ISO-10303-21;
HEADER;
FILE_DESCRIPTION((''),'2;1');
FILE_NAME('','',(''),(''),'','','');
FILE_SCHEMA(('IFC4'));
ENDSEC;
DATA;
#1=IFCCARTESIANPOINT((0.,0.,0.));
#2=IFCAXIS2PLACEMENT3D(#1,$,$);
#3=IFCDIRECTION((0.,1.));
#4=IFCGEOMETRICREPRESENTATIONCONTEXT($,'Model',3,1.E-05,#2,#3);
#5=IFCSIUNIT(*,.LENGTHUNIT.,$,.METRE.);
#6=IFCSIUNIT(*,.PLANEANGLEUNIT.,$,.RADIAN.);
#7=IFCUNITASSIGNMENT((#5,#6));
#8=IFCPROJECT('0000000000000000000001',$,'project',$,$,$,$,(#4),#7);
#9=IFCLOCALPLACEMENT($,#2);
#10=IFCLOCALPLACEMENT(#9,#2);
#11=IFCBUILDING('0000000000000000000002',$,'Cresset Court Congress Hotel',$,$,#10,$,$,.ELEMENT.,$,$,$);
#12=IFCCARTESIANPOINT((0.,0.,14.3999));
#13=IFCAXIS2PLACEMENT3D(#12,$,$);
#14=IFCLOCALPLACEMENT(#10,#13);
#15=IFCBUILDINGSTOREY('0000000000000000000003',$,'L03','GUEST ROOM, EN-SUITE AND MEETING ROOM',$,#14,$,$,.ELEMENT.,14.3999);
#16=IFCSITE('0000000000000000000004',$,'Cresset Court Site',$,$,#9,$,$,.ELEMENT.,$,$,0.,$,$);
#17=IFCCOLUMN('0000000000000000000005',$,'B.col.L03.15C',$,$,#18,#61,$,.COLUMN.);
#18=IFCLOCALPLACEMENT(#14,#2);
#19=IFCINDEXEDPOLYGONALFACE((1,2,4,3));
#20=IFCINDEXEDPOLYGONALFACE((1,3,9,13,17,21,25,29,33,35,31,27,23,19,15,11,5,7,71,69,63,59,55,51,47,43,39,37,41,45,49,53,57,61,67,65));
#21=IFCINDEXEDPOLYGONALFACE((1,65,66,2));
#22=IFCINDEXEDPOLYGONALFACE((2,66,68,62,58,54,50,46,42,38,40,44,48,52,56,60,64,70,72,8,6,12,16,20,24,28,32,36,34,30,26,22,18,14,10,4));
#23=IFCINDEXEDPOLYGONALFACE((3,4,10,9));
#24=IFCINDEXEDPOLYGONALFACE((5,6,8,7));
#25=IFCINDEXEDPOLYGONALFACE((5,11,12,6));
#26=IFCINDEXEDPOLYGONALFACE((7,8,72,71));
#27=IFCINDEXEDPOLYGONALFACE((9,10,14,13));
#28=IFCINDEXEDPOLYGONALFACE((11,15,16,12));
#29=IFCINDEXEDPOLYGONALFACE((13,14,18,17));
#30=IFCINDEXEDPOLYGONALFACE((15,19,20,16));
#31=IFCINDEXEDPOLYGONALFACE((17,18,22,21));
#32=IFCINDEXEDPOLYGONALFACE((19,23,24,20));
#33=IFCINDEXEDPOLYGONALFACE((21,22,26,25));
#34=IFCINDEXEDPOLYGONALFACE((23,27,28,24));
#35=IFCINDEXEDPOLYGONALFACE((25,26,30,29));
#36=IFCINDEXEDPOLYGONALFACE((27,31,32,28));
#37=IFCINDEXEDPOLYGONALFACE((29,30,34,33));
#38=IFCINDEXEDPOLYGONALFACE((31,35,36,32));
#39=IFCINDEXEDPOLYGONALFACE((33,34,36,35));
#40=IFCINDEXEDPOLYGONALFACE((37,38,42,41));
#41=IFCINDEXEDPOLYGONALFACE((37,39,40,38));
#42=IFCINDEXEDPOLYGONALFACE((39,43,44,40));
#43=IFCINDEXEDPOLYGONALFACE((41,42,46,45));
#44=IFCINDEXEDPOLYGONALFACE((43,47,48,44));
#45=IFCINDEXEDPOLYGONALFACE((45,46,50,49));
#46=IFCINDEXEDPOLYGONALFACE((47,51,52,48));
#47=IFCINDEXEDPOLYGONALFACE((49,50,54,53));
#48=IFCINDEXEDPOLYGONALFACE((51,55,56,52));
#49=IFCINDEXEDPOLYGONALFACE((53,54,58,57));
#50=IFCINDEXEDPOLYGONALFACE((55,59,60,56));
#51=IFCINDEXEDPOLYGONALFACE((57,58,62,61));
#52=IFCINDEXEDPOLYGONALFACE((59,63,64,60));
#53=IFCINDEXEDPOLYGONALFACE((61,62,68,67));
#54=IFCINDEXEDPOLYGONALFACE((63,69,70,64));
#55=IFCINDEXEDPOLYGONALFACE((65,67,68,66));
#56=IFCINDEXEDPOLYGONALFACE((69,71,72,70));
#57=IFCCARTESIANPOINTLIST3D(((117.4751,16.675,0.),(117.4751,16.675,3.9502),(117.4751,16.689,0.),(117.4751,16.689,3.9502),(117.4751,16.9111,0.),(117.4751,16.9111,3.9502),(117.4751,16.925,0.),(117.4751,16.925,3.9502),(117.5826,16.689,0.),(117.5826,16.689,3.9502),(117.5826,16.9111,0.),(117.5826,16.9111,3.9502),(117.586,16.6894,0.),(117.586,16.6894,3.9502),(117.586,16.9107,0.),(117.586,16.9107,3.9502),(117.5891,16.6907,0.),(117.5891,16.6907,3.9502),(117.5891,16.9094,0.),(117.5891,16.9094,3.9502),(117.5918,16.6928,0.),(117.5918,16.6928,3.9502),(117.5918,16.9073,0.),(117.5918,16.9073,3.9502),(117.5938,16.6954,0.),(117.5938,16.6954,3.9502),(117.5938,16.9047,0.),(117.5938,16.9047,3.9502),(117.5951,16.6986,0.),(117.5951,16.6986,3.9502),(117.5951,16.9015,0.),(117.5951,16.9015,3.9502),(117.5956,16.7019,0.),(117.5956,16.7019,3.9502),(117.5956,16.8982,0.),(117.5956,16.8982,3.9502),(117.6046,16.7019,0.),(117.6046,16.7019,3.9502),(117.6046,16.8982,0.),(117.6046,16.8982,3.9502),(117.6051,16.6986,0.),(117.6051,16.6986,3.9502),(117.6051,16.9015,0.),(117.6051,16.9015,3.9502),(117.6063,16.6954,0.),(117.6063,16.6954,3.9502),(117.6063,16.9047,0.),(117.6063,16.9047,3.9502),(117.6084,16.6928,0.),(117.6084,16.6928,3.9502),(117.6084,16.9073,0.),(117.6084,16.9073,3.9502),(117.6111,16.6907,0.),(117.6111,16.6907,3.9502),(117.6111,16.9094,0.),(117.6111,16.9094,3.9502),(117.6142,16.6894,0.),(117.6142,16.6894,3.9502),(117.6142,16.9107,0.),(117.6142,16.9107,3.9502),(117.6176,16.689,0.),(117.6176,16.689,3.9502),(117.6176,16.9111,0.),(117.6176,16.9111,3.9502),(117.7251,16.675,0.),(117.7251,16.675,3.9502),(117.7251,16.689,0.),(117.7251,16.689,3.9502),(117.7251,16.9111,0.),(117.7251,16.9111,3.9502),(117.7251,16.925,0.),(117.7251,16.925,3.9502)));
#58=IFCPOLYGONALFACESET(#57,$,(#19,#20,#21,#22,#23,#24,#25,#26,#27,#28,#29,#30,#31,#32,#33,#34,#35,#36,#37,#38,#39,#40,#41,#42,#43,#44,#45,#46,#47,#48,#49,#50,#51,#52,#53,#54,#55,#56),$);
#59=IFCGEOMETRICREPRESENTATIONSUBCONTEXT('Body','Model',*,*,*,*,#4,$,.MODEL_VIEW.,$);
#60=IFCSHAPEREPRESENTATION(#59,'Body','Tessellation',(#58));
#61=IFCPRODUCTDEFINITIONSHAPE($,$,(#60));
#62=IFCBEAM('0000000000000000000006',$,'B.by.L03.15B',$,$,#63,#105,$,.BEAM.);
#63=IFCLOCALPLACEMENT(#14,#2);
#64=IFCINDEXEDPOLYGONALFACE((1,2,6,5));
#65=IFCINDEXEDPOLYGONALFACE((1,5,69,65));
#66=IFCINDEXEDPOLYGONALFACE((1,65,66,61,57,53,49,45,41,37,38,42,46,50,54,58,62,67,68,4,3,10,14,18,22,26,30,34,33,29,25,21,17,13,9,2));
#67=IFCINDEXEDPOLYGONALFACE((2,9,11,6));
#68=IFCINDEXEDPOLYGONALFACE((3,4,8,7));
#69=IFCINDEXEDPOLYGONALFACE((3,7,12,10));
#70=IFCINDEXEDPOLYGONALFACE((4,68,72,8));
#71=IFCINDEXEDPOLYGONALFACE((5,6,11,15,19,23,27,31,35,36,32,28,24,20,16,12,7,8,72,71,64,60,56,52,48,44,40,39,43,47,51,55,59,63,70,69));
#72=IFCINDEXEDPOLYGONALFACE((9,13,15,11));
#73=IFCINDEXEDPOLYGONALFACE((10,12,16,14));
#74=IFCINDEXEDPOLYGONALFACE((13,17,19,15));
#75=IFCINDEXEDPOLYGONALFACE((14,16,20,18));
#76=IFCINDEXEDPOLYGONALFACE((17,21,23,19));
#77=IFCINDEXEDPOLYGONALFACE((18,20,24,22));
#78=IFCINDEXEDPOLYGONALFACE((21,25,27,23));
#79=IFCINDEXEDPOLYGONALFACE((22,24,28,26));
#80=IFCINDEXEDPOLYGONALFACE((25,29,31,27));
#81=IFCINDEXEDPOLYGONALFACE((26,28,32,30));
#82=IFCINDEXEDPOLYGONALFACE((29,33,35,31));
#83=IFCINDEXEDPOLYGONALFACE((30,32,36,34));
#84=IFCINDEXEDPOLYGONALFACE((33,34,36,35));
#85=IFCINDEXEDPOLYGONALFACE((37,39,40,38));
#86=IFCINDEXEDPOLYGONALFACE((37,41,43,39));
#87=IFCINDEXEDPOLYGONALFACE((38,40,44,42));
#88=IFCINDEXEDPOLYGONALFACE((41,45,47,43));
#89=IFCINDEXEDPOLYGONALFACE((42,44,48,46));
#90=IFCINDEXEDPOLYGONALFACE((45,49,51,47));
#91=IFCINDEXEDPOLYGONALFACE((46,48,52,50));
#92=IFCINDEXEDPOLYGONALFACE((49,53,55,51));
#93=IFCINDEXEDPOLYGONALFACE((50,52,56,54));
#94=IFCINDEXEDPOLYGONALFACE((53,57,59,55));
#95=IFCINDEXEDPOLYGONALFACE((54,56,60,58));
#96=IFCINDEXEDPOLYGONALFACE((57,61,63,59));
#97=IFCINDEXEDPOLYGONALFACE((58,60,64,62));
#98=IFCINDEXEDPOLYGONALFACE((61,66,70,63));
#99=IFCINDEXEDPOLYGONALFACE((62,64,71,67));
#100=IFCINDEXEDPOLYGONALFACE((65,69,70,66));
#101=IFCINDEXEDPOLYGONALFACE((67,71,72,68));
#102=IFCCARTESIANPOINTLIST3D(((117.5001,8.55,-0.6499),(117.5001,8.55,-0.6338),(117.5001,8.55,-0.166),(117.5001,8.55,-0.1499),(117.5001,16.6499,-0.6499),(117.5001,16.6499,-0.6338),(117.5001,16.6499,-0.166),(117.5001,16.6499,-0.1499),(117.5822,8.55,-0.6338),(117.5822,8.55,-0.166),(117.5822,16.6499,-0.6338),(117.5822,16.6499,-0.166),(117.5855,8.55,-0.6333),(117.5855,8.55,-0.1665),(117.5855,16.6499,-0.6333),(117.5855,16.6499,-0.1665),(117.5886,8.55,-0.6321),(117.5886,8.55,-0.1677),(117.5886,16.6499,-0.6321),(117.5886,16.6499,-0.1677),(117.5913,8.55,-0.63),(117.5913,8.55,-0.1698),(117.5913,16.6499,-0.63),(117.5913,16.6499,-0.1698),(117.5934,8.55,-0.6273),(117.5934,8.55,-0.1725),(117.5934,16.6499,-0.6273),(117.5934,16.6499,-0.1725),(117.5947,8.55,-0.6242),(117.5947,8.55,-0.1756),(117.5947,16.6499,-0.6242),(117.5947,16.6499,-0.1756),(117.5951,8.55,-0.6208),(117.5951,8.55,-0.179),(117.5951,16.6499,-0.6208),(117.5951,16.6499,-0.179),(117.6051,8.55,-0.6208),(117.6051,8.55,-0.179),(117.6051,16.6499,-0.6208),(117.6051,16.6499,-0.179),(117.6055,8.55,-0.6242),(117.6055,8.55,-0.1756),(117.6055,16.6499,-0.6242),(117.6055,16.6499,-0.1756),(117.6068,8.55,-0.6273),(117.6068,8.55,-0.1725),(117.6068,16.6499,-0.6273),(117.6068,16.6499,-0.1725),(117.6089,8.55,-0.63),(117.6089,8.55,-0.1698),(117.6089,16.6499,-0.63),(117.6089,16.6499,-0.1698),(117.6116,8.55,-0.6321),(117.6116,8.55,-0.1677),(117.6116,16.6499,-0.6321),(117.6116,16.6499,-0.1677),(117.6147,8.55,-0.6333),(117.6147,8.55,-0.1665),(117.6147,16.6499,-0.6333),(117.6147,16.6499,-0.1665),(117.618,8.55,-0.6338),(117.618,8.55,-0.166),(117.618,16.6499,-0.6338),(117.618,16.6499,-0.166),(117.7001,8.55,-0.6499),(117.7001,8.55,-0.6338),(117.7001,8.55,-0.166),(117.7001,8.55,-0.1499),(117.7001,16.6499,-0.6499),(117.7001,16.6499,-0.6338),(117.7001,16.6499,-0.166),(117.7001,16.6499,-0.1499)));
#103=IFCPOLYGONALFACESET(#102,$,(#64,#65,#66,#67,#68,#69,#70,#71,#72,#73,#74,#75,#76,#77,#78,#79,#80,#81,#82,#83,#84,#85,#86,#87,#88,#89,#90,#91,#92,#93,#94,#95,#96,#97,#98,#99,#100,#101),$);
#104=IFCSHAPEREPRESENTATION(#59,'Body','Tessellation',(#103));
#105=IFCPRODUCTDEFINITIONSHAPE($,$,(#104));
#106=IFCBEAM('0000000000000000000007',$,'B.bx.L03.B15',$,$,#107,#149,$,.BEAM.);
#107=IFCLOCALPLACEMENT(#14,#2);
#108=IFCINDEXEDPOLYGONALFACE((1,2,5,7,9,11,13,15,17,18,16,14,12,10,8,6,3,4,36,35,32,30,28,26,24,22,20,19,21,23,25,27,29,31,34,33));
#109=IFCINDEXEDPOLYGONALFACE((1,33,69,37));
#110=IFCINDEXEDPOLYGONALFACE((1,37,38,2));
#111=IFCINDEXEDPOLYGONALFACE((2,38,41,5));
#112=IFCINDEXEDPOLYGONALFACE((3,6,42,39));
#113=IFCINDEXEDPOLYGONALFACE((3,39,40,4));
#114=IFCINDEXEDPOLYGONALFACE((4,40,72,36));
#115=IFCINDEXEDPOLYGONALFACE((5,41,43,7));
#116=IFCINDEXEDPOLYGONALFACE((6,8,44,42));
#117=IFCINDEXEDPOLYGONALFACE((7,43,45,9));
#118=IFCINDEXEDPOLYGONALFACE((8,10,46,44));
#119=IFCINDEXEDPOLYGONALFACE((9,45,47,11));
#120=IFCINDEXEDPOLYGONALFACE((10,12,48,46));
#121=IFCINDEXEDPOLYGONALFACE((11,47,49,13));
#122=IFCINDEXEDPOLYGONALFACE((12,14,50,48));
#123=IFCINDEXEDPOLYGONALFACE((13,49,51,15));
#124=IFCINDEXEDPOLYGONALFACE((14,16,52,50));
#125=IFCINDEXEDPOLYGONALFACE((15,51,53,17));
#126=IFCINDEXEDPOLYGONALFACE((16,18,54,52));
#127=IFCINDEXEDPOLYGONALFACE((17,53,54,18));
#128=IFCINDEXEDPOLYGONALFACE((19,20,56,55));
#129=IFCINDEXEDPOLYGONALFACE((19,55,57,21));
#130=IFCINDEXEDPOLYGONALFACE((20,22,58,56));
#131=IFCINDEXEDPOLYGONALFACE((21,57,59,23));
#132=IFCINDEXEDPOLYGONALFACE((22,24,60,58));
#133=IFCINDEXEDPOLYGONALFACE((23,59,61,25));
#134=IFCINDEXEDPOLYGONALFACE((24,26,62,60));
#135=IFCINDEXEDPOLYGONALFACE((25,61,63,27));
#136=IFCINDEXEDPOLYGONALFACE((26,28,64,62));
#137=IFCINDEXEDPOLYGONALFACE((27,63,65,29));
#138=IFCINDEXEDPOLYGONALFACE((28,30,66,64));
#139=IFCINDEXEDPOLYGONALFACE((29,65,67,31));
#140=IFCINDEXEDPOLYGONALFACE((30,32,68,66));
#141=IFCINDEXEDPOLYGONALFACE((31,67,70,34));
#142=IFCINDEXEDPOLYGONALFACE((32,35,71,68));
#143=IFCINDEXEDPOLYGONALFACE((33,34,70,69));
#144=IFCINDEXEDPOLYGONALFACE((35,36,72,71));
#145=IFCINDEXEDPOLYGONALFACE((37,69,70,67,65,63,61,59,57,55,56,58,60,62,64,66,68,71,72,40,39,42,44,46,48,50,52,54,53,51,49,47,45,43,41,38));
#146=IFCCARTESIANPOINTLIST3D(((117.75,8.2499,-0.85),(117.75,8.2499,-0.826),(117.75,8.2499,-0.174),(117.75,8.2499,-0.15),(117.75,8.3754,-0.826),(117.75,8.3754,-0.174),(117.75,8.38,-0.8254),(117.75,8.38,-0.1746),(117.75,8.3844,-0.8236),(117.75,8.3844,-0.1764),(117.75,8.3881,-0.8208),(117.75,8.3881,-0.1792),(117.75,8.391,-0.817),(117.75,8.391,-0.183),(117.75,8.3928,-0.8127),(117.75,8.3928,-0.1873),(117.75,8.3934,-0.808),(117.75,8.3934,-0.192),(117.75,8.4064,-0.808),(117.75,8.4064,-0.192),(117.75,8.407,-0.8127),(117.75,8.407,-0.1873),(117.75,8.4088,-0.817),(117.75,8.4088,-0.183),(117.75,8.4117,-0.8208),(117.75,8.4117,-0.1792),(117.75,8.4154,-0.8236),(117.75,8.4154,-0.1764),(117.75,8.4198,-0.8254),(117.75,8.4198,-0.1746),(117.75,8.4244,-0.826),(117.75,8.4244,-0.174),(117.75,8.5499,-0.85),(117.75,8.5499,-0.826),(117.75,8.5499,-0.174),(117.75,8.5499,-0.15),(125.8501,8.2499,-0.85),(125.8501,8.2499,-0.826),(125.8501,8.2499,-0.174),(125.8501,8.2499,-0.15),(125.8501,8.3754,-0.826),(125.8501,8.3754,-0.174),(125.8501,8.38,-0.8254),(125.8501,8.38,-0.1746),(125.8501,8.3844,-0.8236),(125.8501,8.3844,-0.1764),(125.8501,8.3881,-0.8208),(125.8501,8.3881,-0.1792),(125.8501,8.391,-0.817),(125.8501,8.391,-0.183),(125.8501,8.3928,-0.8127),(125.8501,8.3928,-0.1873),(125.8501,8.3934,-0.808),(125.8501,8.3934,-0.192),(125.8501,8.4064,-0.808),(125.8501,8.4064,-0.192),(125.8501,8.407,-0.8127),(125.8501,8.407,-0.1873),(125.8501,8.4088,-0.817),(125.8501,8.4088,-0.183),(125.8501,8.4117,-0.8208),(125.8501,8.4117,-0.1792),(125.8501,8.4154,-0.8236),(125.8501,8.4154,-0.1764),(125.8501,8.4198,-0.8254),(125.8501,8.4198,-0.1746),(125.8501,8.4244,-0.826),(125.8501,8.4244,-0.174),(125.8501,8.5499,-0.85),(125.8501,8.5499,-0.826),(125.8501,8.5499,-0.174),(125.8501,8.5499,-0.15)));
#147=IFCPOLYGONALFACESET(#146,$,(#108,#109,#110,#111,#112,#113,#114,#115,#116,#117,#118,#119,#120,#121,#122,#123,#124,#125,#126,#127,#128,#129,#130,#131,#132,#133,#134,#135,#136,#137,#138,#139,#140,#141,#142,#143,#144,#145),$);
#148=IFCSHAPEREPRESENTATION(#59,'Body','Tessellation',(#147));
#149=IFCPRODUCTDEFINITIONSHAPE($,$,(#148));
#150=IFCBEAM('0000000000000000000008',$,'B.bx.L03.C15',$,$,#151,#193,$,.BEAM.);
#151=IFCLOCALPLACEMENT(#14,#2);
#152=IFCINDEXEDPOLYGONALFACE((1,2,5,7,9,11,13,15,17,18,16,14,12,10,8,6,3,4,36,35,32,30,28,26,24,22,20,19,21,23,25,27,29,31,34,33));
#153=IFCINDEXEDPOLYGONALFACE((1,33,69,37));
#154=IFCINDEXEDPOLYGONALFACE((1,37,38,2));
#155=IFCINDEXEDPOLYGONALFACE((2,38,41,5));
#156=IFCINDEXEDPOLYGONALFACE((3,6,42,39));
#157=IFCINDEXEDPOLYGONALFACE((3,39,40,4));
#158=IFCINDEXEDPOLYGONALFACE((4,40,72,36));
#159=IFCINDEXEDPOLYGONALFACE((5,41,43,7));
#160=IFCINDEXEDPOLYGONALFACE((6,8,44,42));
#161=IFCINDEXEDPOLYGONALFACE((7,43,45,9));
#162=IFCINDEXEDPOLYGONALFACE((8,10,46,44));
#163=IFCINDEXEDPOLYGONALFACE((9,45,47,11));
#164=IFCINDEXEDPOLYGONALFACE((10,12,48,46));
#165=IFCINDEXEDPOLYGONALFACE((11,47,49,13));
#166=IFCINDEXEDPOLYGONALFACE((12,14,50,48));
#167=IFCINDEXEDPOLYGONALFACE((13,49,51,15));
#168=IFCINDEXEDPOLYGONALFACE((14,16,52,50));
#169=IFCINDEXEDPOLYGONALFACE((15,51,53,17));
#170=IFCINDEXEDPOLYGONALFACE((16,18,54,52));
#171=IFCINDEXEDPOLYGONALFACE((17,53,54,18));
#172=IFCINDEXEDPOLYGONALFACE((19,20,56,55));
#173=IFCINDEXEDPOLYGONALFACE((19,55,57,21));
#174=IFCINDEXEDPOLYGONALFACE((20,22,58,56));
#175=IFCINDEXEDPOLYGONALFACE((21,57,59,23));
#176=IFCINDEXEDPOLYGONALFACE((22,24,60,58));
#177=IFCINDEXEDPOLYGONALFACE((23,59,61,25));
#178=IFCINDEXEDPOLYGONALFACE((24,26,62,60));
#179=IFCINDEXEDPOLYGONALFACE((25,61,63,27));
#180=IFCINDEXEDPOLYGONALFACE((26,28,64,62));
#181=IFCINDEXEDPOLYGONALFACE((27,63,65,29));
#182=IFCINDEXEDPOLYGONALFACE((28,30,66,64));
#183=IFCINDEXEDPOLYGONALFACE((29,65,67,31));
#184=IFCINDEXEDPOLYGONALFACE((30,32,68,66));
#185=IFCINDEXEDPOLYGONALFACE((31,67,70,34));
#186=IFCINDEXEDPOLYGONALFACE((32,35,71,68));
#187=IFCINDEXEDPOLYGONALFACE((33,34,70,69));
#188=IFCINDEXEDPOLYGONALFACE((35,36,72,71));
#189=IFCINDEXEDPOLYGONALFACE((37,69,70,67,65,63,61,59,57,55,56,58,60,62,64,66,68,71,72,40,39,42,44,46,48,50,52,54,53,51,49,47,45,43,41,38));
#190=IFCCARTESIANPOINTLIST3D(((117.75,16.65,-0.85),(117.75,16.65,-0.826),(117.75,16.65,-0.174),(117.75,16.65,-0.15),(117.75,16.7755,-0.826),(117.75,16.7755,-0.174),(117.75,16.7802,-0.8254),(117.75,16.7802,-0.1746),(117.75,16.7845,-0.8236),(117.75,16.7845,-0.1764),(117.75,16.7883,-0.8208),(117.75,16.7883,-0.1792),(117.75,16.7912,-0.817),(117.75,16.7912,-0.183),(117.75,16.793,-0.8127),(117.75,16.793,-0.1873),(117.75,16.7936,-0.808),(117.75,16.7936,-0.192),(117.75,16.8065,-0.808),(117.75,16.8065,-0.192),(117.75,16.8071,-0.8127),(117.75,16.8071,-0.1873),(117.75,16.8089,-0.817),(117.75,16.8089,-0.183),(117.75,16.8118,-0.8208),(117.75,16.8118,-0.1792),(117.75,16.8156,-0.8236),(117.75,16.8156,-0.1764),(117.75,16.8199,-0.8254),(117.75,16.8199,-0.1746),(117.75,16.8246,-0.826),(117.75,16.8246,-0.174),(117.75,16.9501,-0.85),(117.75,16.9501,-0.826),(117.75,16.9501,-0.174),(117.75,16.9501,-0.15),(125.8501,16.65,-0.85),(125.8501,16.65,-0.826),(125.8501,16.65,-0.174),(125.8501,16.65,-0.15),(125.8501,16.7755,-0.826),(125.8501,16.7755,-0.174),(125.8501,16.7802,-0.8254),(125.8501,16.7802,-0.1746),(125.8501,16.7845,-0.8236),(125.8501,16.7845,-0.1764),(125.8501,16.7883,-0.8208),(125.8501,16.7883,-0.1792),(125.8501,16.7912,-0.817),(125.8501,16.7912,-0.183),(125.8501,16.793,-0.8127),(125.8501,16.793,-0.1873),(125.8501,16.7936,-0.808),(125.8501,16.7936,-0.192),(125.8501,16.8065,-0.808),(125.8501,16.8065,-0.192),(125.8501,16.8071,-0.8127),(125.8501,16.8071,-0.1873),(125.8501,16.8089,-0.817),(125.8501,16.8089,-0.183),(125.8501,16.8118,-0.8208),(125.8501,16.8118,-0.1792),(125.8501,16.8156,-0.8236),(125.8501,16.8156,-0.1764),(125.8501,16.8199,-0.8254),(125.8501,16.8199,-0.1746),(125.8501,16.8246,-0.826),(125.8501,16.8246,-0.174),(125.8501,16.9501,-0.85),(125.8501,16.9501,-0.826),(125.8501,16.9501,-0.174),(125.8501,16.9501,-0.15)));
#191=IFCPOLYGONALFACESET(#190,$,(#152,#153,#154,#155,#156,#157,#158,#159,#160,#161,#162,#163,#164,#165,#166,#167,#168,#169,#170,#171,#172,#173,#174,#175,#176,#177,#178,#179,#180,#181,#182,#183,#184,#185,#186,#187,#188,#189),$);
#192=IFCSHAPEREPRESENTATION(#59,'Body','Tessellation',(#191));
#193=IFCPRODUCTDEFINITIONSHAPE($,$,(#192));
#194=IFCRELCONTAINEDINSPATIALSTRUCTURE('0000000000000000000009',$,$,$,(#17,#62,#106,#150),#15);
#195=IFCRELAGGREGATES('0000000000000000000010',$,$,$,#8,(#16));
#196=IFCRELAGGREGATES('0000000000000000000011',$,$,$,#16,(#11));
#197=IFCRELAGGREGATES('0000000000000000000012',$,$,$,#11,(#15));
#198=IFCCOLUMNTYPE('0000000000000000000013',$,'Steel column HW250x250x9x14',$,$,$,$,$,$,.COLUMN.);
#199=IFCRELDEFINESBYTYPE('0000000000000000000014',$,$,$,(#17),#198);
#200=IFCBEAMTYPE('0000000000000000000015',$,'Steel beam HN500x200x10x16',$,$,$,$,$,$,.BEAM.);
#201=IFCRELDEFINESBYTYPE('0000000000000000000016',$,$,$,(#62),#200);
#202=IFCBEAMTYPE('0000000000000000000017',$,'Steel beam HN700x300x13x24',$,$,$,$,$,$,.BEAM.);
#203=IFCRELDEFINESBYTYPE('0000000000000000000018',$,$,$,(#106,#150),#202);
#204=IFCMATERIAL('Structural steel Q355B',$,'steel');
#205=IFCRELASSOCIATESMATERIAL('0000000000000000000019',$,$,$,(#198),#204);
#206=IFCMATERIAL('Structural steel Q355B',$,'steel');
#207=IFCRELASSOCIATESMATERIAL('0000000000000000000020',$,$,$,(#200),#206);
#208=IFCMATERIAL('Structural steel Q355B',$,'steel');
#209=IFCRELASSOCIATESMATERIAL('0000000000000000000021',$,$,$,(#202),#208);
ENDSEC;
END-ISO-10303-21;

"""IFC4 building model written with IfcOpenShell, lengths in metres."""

from ifc_helpers import new_model, si_unit, direction, frame, origin, origin_2d, place, context, subcontext, project, spatial, i_section, extrude, material, material_profile, profile_set, type_object, element, save


model = new_model("IFC4")

# Units and contexts
model_context = context("Model", 3, precision=1e-05, world=origin(), true_north=direction((0.0, 1.0)))
body_context = subcontext(model_context, "Body", "Model", "MODEL_VIEW")
ifc_project = project(units=[si_unit("LENGTHUNIT", "METRE"), si_unit("PLANEANGLEUNIT", "RADIAN")], contexts=[model_context])

# Site, building, storey
site_placement = place(None, origin())
site = spatial("IfcSite", under=ifc_project, at=site_placement, Name="Cresset Court Site", CompositionType="ELEMENT", RefElevation=0.0)
building_placement = place(site_placement, origin())
building = spatial("IfcBuilding", under=site, at=building_placement, Name="Cresset Court Congress Hotel", CompositionType="ELEMENT")
storey_placement = place(building_placement, frame((0.0, 0.0, 14.3999)))
storey = spatial("IfcBuildingStorey", under=building, at=storey_placement, Name="L03", Description="GUEST ROOM, EN-SUITE AND MEETING ROOM", CompositionType="ELEMENT", Elevation=14.3999)

# Column
ifc_material_1 = material(Name="Structural steel Q355B", Category="steel")
ifc_material_profile_1 = material_profile(ifc_material_1, i_section(OverallWidth=0.25, OverallDepth=0.25, WebThickness=0.009, FlangeThickness=0.0139, FilletRadius=0.0129, at=origin_2d()), Name="HW250x250x9x14")
ifc_profile_set_1 = profile_set([ifc_material_profile_1], Name="Structural steel Q355B")
column_type = type_object("IfcColumnType", Name="Steel column HW250x250x9x14", PredefinedType="COLUMN", material=ifc_profile_set_1)
column_placement = place(storey_placement, frame((117.6001, 16.8, 0.0), z_axis=(0.0, 0.0, 1.0), x_axis=(1.0, 0.0, 0.0)))
element("IfcColumn", 1, at=column_placement, inside=storey, type_object=column_type, Name="B.col.L03.15C", PredefinedType="COLUMN", context=body_context, shape_type="SweptSolid", body=[
    extrude(i_section(OverallWidth=0.25, OverallDepth=0.25, WebThickness=0.009, FlangeThickness=0.0139, FilletRadius=0.0129, at=origin_2d()), origin(), (0.0, 0.0, 1.0), 3.9502),
])

# Beams
ifc_material_2 = material(Name="Structural steel Q355B", Category="steel")
ifc_material_profile_2 = material_profile(ifc_material_2, i_section(OverallWidth=0.2, OverallDepth=0.5, WebThickness=0.01, FlangeThickness=0.0161, FilletRadius=0.0129, at=origin_2d()), Name="HN500x200x10x16")
ifc_profile_set_2 = profile_set([ifc_material_profile_2], Name="Structural steel Q355B")
beam_type_1 = type_object("IfcBeamType", Name="Steel beam HN500x200x10x16", PredefinedType="BEAM", material=ifc_profile_set_2)
beam_1_placement = place(storey_placement, frame((117.6001, 8.55, -0.3999), z_axis=(0.0, 1.0, 0.0), x_axis=(-1.0, 0.0, 0.0)))
element("IfcBeam", 2, at=beam_1_placement, inside=storey, type_object=beam_type_1, Name="B.by.L03.15B", PredefinedType="BEAM", context=body_context, shape_type="SweptSolid", body=[
    extrude(i_section(OverallWidth=0.2, OverallDepth=0.5, WebThickness=0.01, FlangeThickness=0.0161, FilletRadius=0.0129, at=origin_2d()), origin(), (0.0, 0.0, 1.0), 8.0999),
])
ifc_material_3 = material(Name="Structural steel Q355B", Category="steel")
ifc_material_profile_3 = material_profile(ifc_material_3, i_section(OverallWidth=0.3, OverallDepth=0.7, WebThickness=0.0129, FlangeThickness=0.0239, FilletRadius=0.0181, at=origin_2d()), Name="HN700x300x13x24")
ifc_profile_set_3 = profile_set([ifc_material_profile_3], Name="Structural steel Q355B")
beam_type_2 = type_object("IfcBeamType", Name="Steel beam HN700x300x13x24", PredefinedType="BEAM", material=ifc_profile_set_3)
for number, where, z_axis, x_axis, name in (
    (3, (117.75, 8.3999, -0.5), (1.0, 0.0, 0.0), (0.0, 1.0, 0.0), "B.bx.L03.B15"),
    (4, (117.75, 16.8, -0.5), (1.0, 0.0, 0.0), (0.0, 1.0, 0.0), "B.bx.L03.C15"),
):
    element("IfcBeam", number, at=place(storey_placement, frame(where, z_axis=z_axis, x_axis=x_axis)), inside=storey, type_object=beam_type_2, Name=name, PredefinedType="BEAM", context=body_context, shape_type="SweptSolid", body=[
        extrude(i_section(OverallWidth=0.3, OverallDepth=0.7, WebThickness=0.0129, FlangeThickness=0.0239, FilletRadius=0.0181, at=origin_2d()), origin(), (0.0, 0.0, 1.0), 8.1001),
    ])

save(model, "model.ifc")
